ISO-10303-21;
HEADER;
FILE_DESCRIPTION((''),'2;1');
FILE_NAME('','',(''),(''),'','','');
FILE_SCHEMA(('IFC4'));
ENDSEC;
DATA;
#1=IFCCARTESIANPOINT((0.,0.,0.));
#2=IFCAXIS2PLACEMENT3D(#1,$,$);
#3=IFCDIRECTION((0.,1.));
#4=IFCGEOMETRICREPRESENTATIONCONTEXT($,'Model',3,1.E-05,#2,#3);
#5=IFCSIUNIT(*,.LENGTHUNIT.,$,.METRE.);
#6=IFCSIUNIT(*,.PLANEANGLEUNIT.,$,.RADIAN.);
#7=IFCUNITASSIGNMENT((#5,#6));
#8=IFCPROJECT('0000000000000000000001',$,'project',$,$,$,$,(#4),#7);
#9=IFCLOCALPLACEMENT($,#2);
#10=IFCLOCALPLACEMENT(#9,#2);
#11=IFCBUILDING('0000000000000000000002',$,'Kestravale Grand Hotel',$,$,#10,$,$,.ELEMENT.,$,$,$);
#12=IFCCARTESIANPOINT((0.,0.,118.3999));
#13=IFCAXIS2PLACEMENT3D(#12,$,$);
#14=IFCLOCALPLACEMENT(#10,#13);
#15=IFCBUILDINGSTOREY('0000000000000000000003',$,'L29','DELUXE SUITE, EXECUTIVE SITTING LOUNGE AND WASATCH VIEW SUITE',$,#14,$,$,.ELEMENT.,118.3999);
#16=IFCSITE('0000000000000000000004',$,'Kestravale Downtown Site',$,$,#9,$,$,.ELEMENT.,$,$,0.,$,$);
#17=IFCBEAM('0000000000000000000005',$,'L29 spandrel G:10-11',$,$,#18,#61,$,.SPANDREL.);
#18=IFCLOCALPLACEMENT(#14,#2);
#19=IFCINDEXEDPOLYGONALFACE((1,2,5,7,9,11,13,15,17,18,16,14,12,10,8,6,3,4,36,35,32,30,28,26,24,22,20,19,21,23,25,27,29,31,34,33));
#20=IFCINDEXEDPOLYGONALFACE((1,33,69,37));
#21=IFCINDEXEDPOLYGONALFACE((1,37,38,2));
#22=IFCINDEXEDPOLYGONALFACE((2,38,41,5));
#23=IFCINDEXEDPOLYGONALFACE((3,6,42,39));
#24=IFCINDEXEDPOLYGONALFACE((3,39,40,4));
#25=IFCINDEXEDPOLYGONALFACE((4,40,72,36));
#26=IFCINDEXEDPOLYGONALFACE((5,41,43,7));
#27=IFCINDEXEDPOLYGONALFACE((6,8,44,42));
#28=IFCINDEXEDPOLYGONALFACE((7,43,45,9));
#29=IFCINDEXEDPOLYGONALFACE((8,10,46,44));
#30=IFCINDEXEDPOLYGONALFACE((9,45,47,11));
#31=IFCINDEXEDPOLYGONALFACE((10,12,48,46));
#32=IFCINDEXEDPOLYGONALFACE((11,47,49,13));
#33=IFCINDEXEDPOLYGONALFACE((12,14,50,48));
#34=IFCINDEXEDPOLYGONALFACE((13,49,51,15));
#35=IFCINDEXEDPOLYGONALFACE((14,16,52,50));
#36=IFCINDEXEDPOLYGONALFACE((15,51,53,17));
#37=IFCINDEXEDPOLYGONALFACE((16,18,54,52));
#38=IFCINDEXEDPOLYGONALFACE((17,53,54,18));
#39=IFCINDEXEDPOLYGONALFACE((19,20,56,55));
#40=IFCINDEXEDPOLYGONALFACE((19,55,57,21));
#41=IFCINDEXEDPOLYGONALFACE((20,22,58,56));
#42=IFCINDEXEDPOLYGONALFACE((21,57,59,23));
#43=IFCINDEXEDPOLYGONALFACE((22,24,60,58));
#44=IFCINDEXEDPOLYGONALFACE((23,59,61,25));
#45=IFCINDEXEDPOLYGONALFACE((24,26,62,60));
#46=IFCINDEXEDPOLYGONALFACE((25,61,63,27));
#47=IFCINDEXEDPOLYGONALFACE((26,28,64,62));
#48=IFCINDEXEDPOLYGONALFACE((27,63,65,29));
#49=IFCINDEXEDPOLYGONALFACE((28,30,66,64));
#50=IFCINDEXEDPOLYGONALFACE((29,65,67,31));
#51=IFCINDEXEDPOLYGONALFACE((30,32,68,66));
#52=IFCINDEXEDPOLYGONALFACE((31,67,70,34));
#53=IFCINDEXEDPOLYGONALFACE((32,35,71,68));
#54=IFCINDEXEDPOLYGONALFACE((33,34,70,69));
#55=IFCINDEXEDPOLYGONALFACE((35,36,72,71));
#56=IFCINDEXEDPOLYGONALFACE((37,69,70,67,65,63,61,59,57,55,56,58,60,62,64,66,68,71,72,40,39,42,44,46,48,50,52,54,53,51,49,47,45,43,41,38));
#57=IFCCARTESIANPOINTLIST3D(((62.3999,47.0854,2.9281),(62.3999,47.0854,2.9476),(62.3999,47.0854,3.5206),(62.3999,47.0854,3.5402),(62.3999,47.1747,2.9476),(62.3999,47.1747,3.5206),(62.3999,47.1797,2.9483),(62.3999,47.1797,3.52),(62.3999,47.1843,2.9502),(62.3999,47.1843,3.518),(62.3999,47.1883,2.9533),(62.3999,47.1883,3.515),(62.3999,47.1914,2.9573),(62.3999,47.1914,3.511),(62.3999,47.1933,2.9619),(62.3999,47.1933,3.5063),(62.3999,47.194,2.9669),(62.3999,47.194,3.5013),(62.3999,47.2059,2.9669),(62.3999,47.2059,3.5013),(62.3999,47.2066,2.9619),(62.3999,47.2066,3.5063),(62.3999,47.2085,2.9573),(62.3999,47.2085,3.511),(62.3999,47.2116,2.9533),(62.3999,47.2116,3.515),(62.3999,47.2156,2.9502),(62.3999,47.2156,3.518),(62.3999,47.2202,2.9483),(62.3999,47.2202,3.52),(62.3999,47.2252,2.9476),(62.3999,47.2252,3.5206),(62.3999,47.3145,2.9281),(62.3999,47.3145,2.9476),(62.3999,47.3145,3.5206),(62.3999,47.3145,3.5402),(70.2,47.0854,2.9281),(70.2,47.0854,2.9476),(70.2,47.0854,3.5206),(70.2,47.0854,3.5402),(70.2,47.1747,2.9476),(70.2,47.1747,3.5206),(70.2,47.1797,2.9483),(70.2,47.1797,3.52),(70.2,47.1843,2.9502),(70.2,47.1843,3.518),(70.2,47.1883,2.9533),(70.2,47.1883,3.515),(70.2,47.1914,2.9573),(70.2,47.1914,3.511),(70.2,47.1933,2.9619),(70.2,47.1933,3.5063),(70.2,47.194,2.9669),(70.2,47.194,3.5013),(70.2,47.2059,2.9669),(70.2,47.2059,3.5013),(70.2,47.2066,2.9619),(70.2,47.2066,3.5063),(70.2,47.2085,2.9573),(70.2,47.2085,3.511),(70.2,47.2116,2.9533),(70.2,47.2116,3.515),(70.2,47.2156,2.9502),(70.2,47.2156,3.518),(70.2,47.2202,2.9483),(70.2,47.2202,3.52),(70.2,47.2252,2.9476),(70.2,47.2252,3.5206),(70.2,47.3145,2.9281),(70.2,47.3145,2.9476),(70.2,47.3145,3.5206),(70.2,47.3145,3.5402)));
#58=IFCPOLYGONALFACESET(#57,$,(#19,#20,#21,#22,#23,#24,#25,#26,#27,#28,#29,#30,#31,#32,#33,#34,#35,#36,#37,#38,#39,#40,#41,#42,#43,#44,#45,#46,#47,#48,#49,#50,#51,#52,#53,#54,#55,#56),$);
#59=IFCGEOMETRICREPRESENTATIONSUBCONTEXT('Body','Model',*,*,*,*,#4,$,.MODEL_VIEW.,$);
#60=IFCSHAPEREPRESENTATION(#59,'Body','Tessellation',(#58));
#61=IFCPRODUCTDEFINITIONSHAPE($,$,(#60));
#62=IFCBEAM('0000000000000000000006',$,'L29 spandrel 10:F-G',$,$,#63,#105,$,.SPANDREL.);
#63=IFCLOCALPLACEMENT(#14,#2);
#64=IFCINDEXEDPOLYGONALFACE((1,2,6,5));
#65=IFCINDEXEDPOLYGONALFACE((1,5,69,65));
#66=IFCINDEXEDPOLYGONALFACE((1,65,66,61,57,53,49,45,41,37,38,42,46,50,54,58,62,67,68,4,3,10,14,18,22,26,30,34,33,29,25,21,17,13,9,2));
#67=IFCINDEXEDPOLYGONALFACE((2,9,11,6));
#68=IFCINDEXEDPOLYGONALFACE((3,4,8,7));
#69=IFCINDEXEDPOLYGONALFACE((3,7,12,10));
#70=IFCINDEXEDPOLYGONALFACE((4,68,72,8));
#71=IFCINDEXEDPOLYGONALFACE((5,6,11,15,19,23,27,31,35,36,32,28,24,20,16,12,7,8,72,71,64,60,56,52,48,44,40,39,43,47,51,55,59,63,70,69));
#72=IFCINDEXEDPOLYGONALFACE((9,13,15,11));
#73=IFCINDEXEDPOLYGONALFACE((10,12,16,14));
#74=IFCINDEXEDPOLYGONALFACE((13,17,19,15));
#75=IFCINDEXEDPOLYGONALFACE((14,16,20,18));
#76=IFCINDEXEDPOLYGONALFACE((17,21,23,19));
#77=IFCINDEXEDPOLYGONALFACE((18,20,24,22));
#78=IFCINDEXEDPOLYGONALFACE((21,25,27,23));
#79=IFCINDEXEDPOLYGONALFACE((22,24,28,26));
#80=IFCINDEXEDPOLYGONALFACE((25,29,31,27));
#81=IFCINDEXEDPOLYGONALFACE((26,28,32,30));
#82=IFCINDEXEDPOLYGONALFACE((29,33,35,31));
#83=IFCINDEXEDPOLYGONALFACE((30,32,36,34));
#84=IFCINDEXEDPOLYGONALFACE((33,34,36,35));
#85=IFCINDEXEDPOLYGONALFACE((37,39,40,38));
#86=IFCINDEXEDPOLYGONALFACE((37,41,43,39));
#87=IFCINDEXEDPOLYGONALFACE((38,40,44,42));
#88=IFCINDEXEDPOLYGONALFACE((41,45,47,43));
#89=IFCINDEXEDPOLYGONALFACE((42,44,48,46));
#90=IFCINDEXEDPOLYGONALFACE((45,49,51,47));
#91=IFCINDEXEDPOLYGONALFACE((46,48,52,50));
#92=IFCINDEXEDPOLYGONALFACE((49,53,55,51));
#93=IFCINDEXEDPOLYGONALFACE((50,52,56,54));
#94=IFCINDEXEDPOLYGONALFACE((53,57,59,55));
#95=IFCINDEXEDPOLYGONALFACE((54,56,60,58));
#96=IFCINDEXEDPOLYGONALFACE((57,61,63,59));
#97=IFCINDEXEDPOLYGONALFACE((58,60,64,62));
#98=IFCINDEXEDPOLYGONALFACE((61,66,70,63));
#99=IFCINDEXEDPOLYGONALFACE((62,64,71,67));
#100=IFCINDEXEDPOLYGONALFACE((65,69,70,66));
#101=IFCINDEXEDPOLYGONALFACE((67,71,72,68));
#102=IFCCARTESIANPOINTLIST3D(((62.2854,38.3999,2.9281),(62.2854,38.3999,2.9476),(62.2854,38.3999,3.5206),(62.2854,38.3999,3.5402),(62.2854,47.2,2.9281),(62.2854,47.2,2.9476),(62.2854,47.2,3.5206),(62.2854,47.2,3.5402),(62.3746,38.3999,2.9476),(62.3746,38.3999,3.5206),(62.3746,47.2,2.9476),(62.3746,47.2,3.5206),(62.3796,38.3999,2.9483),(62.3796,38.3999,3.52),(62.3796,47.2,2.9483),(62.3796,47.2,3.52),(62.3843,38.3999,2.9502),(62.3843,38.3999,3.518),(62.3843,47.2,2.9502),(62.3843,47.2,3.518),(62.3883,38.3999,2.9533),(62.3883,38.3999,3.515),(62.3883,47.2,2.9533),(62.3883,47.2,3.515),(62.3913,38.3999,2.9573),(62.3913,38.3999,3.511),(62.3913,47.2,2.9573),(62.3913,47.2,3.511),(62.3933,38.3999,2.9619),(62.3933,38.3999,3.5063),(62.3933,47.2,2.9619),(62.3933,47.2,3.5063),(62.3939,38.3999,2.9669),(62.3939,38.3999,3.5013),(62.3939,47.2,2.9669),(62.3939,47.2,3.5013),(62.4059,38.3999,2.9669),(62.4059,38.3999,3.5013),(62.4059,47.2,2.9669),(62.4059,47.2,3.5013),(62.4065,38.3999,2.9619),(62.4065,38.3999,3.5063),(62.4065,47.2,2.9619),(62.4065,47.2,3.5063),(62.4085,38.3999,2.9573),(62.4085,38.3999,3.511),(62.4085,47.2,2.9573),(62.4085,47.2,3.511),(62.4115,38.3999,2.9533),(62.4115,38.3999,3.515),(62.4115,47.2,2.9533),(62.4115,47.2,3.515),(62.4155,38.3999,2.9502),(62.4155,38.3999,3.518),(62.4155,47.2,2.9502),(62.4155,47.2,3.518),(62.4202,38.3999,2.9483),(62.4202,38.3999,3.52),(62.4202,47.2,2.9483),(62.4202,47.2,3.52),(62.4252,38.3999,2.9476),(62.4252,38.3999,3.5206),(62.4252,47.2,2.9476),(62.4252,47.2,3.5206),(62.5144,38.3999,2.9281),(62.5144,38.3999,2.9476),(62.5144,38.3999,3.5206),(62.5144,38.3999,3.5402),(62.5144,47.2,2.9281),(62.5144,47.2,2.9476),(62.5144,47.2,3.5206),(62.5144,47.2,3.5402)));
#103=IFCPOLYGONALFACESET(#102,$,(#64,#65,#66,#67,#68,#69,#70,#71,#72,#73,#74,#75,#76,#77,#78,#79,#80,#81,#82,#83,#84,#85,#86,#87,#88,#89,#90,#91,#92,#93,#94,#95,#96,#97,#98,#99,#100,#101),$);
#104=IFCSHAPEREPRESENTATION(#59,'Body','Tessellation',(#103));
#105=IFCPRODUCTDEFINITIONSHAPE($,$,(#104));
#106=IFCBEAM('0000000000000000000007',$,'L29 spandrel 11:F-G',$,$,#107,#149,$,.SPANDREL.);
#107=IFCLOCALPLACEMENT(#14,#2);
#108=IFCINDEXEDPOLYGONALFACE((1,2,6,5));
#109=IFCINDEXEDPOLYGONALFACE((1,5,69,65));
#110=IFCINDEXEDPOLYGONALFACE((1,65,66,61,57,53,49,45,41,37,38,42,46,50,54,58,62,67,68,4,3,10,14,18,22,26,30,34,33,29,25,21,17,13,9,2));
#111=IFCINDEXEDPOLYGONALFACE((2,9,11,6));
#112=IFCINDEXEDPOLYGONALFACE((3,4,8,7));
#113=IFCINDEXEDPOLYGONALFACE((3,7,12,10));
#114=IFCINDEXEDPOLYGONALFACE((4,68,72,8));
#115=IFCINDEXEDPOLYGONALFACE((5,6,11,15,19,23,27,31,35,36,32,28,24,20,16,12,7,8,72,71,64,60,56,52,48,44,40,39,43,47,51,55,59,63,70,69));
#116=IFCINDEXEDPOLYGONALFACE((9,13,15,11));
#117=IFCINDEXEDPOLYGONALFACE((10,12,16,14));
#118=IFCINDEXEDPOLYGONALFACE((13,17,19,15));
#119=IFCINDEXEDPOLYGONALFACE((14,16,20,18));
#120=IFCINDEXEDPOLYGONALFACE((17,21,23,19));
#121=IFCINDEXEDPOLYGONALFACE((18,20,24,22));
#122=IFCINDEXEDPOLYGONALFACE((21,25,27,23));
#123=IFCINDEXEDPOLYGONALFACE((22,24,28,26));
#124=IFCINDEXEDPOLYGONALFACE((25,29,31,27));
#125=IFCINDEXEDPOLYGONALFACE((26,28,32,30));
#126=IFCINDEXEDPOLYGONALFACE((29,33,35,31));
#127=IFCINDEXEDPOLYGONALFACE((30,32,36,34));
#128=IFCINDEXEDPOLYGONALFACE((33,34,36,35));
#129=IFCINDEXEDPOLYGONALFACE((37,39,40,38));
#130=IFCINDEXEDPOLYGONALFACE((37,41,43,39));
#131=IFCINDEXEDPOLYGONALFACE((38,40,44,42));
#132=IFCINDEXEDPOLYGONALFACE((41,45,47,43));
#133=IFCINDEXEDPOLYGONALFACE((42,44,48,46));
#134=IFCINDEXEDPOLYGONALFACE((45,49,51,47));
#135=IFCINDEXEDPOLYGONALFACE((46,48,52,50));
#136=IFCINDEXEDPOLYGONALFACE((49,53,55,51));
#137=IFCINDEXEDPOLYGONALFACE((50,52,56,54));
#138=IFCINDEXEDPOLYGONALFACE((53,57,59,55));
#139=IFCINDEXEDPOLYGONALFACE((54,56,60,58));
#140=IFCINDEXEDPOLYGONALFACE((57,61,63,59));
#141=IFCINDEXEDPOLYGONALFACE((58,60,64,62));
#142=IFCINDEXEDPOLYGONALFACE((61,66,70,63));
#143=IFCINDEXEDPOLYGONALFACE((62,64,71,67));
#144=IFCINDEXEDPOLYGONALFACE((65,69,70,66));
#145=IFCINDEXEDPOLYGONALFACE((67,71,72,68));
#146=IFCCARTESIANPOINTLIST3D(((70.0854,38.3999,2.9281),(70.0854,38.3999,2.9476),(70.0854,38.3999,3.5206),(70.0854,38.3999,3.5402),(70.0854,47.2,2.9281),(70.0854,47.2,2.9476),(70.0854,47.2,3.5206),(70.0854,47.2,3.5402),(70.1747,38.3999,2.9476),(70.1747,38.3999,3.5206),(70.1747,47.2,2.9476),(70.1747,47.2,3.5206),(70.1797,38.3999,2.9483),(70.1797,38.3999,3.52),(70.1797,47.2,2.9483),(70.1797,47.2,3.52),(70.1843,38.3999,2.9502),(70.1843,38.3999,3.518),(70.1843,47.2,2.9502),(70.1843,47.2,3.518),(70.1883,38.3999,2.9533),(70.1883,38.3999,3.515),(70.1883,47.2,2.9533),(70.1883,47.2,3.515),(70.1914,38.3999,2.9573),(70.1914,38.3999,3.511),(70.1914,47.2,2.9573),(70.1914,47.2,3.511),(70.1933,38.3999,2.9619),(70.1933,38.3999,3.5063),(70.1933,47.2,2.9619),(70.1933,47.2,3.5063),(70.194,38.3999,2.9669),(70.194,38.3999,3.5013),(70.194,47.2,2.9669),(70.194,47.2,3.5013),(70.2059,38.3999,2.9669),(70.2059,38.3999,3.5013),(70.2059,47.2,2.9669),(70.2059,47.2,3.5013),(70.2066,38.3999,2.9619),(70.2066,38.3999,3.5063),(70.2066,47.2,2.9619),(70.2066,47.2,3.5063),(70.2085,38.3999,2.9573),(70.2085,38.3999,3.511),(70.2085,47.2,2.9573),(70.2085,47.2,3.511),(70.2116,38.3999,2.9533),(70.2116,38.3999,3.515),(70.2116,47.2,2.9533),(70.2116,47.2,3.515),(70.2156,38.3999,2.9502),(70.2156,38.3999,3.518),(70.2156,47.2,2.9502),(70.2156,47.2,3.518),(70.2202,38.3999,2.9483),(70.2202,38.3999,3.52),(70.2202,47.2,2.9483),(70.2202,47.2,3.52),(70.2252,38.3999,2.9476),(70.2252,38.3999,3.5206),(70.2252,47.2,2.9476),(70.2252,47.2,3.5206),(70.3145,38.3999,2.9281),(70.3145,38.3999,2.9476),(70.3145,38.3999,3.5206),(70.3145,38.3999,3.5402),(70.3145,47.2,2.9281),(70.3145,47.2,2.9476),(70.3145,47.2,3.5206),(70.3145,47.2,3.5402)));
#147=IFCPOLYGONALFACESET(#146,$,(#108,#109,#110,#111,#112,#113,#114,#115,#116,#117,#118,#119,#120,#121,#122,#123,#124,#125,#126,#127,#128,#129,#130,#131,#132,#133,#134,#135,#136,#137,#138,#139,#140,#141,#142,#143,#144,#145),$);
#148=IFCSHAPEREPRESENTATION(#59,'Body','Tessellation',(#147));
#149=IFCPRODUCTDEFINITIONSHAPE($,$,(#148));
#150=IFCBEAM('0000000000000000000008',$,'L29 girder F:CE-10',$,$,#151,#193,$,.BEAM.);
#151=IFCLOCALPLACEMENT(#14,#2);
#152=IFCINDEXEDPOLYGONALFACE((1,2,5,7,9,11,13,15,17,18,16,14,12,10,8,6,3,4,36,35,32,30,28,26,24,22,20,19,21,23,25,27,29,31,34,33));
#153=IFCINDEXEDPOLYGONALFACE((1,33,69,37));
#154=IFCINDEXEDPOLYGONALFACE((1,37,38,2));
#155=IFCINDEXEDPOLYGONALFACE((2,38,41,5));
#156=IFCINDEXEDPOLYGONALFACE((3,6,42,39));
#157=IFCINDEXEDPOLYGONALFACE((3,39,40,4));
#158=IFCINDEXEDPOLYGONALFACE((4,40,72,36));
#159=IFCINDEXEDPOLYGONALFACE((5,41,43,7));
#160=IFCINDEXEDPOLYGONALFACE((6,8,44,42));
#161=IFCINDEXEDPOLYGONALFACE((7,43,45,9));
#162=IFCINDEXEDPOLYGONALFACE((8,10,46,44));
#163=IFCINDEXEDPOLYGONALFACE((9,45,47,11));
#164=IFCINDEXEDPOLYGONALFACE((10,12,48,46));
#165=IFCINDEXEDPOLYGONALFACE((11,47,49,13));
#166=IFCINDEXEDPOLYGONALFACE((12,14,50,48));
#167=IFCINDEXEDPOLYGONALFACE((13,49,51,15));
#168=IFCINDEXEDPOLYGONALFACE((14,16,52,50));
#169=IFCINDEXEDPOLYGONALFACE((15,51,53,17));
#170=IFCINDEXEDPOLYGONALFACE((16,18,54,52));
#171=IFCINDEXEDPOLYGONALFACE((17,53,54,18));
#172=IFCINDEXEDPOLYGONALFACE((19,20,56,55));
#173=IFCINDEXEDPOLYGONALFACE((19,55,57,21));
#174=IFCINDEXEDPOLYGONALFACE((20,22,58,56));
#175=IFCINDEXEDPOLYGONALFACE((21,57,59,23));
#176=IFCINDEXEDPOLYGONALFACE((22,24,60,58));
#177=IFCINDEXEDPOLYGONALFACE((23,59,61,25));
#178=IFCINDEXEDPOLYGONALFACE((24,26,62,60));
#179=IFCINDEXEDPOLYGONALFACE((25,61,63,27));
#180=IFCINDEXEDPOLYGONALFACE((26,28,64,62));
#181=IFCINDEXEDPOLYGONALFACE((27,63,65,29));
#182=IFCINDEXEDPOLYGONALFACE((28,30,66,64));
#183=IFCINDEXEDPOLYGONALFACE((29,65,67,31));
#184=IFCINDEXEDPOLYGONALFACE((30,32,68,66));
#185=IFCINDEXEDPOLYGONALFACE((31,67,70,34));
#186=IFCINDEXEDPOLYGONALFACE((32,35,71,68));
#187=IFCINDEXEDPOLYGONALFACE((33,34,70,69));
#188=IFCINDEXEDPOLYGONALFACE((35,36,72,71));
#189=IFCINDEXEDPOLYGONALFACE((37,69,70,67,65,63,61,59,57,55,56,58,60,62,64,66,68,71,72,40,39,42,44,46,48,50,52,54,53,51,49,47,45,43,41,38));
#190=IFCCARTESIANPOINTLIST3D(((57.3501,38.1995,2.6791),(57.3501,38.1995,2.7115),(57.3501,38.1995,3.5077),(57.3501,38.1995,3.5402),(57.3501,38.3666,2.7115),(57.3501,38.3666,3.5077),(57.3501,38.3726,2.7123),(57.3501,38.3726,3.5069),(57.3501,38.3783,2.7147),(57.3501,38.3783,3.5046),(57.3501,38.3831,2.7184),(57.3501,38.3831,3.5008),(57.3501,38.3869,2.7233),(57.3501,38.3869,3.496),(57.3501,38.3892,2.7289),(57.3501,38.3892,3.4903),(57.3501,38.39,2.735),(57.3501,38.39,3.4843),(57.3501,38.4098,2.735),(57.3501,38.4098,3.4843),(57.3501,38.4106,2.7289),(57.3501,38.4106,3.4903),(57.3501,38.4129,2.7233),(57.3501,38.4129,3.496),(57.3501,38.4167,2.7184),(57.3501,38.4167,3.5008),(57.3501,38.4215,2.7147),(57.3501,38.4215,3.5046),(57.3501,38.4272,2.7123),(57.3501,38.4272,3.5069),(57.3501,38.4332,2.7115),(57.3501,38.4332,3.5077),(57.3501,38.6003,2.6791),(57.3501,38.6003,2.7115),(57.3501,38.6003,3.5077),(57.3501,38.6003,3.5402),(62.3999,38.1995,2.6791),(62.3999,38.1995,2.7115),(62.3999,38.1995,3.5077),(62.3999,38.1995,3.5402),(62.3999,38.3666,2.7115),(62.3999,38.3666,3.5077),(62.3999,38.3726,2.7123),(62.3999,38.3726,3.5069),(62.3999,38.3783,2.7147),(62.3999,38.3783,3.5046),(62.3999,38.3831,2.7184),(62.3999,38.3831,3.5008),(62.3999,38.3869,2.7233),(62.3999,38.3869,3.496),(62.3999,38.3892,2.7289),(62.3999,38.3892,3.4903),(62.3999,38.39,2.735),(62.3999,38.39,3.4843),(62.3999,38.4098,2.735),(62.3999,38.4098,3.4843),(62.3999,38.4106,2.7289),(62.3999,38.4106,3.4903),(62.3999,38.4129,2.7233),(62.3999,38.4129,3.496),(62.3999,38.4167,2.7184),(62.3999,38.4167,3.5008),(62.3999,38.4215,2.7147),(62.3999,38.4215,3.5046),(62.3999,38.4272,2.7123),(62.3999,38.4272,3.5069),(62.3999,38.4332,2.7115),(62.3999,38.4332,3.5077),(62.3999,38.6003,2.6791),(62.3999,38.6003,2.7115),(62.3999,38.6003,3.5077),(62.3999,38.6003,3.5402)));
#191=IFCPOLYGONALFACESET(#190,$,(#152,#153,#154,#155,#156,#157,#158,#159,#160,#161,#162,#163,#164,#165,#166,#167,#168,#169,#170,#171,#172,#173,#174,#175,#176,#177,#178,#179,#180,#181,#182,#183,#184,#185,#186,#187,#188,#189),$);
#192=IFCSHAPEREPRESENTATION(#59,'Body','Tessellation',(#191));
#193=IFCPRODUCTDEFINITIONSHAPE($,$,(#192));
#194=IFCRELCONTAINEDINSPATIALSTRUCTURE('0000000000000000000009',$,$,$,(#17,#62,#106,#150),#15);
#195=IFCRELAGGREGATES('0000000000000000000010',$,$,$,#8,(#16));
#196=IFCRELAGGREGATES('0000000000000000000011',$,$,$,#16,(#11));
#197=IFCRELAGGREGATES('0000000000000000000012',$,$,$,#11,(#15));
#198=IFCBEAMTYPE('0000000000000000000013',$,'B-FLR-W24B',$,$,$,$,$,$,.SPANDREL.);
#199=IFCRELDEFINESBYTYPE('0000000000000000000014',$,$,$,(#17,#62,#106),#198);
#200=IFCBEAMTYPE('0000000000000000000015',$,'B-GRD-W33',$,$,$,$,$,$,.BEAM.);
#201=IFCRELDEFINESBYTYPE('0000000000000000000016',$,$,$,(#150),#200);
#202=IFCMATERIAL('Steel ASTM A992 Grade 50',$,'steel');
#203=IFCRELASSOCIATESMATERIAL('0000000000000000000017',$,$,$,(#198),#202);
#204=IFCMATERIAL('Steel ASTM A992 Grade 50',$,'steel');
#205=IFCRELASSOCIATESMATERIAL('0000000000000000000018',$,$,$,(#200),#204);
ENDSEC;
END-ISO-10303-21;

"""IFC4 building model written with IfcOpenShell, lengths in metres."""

from ifc_helpers import new_model, si_unit, direction, frame, origin, origin_2d, place, context, subcontext, project, spatial, i_section, extrude, material, material_profile, profile_set, type_object, element, save


model = new_model("IFC4")

# Units and contexts
model_context = context("Model", 3, precision=1e-05, world=origin(), true_north=direction((0.0, 1.0)))
body_context = subcontext(model_context, "Body", "Model", "MODEL_VIEW")
ifc_project = project(units=[si_unit("LENGTHUNIT", "METRE"), si_unit("PLANEANGLEUNIT", "RADIAN")], contexts=[model_context])

# Site, building, storey
site_placement = place(None, origin())
site = spatial("IfcSite", under=ifc_project, at=site_placement, Name="Kestravale Downtown Site", CompositionType="ELEMENT", RefElevation=0.0)
building_placement = place(site_placement, origin())
building = spatial("IfcBuilding", under=site, at=building_placement, Name="Kestravale Grand Hotel", CompositionType="ELEMENT")
storey_placement = place(building_placement, frame((0.0, 0.0, 118.3999)))
storey = spatial("IfcBuildingStorey", under=building, at=storey_placement, Name="L29", Description="DELUXE SUITE, EXECUTIVE SITTING LOUNGE AND WASATCH VIEW SUITE", CompositionType="ELEMENT", Elevation=118.3999)

# Beams
ifc_material_1 = material(Name="Steel ASTM A992 Grade 50", Category="steel")
ifc_material_profile_1 = material_profile(ifc_material_1, i_section(OverallWidth=0.229, OverallDepth=0.6121, WebThickness=0.012, FlangeThickness=0.0195, FilletRadius=0.0193, at=origin_2d()))
ifc_profile_set_1 = profile_set([ifc_material_profile_1], Name="Steel ASTM A992 Grade 50")
beam_type_1 = type_object("IfcBeamType", Name="B-FLR-W24B", PredefinedType="SPANDREL", material=ifc_profile_set_1)
beam_1_placement = place(storey_placement, frame((62.3999, 47.2, 3.2341), z_axis=(1.0, 0.0, 0.0), x_axis=(0.0, 1.0, 0.0)))
element("IfcBeam", 1, at=beam_1_placement, inside=storey, type_object=beam_type_1, Name="L29 spandrel G:10-11", PredefinedType="SPANDREL", context=body_context, shape_type="SweptSolid", body=[
    extrude(i_section(OverallWidth=0.229, OverallDepth=0.6121, WebThickness=0.012, FlangeThickness=0.0195, FilletRadius=0.0193, at=origin_2d()), origin(), (0.0, 0.0, 1.0), 7.8),
])
for number, where, z_axis, x_axis, name in (
    (2, (62.3999, 38.3999, 3.2341), (0.0, 1.0, 0.0), (-1.0, 0.0, 0.0), "L29 spandrel 10:F-G"),
    (3, (70.2, 38.3999, 3.2341), (0.0, 1.0, 0.0), (-1.0, 0.0, 0.0), "L29 spandrel 11:F-G"),
):
    element("IfcBeam", number, at=place(storey_placement, frame(where, z_axis=z_axis, x_axis=x_axis)), inside=storey, type_object=beam_type_1, Name=name, PredefinedType="SPANDREL", context=body_context, shape_type="SweptSolid", body=[
        extrude(i_section(OverallWidth=0.229, OverallDepth=0.6121, WebThickness=0.012, FlangeThickness=0.0195, FilletRadius=0.0193, at=origin_2d()), origin(), (0.0, 0.0, 1.0), 8.8),
    ])
ifc_material_2 = material(Name="Steel ASTM A992 Grade 50", Category="steel")
ifc_material_profile_2 = material_profile(ifc_material_2, i_section(OverallWidth=0.4009, OverallDepth=0.8611, WebThickness=0.0198, FlangeThickness=0.0325, FilletRadius=0.0234, at=origin_2d()))
ifc_profile_set_2 = profile_set([ifc_material_profile_2], Name="Steel ASTM A992 Grade 50")
beam_type_2 = type_object("IfcBeamType", Name="B-GRD-W33", PredefinedType="BEAM", material=ifc_profile_set_2)
beam_2_placement = place(storey_placement, frame((57.3501, 38.3999, 3.1096), z_axis=(1.0, 0.0, 0.0), x_axis=(0.0, 1.0, 0.0)))
element("IfcBeam", 4, at=beam_2_placement, inside=storey, type_object=beam_type_2, Name="L29 girder F:CE-10", PredefinedType="BEAM", context=body_context, shape_type="SweptSolid", body=[
    extrude(i_section(OverallWidth=0.4009, OverallDepth=0.8611, WebThickness=0.0198, FlangeThickness=0.0325, FilletRadius=0.0234, at=origin_2d()), origin(), (0.0, 0.0, 1.0), 5.0498),
])

save(model, "model.ifc")
